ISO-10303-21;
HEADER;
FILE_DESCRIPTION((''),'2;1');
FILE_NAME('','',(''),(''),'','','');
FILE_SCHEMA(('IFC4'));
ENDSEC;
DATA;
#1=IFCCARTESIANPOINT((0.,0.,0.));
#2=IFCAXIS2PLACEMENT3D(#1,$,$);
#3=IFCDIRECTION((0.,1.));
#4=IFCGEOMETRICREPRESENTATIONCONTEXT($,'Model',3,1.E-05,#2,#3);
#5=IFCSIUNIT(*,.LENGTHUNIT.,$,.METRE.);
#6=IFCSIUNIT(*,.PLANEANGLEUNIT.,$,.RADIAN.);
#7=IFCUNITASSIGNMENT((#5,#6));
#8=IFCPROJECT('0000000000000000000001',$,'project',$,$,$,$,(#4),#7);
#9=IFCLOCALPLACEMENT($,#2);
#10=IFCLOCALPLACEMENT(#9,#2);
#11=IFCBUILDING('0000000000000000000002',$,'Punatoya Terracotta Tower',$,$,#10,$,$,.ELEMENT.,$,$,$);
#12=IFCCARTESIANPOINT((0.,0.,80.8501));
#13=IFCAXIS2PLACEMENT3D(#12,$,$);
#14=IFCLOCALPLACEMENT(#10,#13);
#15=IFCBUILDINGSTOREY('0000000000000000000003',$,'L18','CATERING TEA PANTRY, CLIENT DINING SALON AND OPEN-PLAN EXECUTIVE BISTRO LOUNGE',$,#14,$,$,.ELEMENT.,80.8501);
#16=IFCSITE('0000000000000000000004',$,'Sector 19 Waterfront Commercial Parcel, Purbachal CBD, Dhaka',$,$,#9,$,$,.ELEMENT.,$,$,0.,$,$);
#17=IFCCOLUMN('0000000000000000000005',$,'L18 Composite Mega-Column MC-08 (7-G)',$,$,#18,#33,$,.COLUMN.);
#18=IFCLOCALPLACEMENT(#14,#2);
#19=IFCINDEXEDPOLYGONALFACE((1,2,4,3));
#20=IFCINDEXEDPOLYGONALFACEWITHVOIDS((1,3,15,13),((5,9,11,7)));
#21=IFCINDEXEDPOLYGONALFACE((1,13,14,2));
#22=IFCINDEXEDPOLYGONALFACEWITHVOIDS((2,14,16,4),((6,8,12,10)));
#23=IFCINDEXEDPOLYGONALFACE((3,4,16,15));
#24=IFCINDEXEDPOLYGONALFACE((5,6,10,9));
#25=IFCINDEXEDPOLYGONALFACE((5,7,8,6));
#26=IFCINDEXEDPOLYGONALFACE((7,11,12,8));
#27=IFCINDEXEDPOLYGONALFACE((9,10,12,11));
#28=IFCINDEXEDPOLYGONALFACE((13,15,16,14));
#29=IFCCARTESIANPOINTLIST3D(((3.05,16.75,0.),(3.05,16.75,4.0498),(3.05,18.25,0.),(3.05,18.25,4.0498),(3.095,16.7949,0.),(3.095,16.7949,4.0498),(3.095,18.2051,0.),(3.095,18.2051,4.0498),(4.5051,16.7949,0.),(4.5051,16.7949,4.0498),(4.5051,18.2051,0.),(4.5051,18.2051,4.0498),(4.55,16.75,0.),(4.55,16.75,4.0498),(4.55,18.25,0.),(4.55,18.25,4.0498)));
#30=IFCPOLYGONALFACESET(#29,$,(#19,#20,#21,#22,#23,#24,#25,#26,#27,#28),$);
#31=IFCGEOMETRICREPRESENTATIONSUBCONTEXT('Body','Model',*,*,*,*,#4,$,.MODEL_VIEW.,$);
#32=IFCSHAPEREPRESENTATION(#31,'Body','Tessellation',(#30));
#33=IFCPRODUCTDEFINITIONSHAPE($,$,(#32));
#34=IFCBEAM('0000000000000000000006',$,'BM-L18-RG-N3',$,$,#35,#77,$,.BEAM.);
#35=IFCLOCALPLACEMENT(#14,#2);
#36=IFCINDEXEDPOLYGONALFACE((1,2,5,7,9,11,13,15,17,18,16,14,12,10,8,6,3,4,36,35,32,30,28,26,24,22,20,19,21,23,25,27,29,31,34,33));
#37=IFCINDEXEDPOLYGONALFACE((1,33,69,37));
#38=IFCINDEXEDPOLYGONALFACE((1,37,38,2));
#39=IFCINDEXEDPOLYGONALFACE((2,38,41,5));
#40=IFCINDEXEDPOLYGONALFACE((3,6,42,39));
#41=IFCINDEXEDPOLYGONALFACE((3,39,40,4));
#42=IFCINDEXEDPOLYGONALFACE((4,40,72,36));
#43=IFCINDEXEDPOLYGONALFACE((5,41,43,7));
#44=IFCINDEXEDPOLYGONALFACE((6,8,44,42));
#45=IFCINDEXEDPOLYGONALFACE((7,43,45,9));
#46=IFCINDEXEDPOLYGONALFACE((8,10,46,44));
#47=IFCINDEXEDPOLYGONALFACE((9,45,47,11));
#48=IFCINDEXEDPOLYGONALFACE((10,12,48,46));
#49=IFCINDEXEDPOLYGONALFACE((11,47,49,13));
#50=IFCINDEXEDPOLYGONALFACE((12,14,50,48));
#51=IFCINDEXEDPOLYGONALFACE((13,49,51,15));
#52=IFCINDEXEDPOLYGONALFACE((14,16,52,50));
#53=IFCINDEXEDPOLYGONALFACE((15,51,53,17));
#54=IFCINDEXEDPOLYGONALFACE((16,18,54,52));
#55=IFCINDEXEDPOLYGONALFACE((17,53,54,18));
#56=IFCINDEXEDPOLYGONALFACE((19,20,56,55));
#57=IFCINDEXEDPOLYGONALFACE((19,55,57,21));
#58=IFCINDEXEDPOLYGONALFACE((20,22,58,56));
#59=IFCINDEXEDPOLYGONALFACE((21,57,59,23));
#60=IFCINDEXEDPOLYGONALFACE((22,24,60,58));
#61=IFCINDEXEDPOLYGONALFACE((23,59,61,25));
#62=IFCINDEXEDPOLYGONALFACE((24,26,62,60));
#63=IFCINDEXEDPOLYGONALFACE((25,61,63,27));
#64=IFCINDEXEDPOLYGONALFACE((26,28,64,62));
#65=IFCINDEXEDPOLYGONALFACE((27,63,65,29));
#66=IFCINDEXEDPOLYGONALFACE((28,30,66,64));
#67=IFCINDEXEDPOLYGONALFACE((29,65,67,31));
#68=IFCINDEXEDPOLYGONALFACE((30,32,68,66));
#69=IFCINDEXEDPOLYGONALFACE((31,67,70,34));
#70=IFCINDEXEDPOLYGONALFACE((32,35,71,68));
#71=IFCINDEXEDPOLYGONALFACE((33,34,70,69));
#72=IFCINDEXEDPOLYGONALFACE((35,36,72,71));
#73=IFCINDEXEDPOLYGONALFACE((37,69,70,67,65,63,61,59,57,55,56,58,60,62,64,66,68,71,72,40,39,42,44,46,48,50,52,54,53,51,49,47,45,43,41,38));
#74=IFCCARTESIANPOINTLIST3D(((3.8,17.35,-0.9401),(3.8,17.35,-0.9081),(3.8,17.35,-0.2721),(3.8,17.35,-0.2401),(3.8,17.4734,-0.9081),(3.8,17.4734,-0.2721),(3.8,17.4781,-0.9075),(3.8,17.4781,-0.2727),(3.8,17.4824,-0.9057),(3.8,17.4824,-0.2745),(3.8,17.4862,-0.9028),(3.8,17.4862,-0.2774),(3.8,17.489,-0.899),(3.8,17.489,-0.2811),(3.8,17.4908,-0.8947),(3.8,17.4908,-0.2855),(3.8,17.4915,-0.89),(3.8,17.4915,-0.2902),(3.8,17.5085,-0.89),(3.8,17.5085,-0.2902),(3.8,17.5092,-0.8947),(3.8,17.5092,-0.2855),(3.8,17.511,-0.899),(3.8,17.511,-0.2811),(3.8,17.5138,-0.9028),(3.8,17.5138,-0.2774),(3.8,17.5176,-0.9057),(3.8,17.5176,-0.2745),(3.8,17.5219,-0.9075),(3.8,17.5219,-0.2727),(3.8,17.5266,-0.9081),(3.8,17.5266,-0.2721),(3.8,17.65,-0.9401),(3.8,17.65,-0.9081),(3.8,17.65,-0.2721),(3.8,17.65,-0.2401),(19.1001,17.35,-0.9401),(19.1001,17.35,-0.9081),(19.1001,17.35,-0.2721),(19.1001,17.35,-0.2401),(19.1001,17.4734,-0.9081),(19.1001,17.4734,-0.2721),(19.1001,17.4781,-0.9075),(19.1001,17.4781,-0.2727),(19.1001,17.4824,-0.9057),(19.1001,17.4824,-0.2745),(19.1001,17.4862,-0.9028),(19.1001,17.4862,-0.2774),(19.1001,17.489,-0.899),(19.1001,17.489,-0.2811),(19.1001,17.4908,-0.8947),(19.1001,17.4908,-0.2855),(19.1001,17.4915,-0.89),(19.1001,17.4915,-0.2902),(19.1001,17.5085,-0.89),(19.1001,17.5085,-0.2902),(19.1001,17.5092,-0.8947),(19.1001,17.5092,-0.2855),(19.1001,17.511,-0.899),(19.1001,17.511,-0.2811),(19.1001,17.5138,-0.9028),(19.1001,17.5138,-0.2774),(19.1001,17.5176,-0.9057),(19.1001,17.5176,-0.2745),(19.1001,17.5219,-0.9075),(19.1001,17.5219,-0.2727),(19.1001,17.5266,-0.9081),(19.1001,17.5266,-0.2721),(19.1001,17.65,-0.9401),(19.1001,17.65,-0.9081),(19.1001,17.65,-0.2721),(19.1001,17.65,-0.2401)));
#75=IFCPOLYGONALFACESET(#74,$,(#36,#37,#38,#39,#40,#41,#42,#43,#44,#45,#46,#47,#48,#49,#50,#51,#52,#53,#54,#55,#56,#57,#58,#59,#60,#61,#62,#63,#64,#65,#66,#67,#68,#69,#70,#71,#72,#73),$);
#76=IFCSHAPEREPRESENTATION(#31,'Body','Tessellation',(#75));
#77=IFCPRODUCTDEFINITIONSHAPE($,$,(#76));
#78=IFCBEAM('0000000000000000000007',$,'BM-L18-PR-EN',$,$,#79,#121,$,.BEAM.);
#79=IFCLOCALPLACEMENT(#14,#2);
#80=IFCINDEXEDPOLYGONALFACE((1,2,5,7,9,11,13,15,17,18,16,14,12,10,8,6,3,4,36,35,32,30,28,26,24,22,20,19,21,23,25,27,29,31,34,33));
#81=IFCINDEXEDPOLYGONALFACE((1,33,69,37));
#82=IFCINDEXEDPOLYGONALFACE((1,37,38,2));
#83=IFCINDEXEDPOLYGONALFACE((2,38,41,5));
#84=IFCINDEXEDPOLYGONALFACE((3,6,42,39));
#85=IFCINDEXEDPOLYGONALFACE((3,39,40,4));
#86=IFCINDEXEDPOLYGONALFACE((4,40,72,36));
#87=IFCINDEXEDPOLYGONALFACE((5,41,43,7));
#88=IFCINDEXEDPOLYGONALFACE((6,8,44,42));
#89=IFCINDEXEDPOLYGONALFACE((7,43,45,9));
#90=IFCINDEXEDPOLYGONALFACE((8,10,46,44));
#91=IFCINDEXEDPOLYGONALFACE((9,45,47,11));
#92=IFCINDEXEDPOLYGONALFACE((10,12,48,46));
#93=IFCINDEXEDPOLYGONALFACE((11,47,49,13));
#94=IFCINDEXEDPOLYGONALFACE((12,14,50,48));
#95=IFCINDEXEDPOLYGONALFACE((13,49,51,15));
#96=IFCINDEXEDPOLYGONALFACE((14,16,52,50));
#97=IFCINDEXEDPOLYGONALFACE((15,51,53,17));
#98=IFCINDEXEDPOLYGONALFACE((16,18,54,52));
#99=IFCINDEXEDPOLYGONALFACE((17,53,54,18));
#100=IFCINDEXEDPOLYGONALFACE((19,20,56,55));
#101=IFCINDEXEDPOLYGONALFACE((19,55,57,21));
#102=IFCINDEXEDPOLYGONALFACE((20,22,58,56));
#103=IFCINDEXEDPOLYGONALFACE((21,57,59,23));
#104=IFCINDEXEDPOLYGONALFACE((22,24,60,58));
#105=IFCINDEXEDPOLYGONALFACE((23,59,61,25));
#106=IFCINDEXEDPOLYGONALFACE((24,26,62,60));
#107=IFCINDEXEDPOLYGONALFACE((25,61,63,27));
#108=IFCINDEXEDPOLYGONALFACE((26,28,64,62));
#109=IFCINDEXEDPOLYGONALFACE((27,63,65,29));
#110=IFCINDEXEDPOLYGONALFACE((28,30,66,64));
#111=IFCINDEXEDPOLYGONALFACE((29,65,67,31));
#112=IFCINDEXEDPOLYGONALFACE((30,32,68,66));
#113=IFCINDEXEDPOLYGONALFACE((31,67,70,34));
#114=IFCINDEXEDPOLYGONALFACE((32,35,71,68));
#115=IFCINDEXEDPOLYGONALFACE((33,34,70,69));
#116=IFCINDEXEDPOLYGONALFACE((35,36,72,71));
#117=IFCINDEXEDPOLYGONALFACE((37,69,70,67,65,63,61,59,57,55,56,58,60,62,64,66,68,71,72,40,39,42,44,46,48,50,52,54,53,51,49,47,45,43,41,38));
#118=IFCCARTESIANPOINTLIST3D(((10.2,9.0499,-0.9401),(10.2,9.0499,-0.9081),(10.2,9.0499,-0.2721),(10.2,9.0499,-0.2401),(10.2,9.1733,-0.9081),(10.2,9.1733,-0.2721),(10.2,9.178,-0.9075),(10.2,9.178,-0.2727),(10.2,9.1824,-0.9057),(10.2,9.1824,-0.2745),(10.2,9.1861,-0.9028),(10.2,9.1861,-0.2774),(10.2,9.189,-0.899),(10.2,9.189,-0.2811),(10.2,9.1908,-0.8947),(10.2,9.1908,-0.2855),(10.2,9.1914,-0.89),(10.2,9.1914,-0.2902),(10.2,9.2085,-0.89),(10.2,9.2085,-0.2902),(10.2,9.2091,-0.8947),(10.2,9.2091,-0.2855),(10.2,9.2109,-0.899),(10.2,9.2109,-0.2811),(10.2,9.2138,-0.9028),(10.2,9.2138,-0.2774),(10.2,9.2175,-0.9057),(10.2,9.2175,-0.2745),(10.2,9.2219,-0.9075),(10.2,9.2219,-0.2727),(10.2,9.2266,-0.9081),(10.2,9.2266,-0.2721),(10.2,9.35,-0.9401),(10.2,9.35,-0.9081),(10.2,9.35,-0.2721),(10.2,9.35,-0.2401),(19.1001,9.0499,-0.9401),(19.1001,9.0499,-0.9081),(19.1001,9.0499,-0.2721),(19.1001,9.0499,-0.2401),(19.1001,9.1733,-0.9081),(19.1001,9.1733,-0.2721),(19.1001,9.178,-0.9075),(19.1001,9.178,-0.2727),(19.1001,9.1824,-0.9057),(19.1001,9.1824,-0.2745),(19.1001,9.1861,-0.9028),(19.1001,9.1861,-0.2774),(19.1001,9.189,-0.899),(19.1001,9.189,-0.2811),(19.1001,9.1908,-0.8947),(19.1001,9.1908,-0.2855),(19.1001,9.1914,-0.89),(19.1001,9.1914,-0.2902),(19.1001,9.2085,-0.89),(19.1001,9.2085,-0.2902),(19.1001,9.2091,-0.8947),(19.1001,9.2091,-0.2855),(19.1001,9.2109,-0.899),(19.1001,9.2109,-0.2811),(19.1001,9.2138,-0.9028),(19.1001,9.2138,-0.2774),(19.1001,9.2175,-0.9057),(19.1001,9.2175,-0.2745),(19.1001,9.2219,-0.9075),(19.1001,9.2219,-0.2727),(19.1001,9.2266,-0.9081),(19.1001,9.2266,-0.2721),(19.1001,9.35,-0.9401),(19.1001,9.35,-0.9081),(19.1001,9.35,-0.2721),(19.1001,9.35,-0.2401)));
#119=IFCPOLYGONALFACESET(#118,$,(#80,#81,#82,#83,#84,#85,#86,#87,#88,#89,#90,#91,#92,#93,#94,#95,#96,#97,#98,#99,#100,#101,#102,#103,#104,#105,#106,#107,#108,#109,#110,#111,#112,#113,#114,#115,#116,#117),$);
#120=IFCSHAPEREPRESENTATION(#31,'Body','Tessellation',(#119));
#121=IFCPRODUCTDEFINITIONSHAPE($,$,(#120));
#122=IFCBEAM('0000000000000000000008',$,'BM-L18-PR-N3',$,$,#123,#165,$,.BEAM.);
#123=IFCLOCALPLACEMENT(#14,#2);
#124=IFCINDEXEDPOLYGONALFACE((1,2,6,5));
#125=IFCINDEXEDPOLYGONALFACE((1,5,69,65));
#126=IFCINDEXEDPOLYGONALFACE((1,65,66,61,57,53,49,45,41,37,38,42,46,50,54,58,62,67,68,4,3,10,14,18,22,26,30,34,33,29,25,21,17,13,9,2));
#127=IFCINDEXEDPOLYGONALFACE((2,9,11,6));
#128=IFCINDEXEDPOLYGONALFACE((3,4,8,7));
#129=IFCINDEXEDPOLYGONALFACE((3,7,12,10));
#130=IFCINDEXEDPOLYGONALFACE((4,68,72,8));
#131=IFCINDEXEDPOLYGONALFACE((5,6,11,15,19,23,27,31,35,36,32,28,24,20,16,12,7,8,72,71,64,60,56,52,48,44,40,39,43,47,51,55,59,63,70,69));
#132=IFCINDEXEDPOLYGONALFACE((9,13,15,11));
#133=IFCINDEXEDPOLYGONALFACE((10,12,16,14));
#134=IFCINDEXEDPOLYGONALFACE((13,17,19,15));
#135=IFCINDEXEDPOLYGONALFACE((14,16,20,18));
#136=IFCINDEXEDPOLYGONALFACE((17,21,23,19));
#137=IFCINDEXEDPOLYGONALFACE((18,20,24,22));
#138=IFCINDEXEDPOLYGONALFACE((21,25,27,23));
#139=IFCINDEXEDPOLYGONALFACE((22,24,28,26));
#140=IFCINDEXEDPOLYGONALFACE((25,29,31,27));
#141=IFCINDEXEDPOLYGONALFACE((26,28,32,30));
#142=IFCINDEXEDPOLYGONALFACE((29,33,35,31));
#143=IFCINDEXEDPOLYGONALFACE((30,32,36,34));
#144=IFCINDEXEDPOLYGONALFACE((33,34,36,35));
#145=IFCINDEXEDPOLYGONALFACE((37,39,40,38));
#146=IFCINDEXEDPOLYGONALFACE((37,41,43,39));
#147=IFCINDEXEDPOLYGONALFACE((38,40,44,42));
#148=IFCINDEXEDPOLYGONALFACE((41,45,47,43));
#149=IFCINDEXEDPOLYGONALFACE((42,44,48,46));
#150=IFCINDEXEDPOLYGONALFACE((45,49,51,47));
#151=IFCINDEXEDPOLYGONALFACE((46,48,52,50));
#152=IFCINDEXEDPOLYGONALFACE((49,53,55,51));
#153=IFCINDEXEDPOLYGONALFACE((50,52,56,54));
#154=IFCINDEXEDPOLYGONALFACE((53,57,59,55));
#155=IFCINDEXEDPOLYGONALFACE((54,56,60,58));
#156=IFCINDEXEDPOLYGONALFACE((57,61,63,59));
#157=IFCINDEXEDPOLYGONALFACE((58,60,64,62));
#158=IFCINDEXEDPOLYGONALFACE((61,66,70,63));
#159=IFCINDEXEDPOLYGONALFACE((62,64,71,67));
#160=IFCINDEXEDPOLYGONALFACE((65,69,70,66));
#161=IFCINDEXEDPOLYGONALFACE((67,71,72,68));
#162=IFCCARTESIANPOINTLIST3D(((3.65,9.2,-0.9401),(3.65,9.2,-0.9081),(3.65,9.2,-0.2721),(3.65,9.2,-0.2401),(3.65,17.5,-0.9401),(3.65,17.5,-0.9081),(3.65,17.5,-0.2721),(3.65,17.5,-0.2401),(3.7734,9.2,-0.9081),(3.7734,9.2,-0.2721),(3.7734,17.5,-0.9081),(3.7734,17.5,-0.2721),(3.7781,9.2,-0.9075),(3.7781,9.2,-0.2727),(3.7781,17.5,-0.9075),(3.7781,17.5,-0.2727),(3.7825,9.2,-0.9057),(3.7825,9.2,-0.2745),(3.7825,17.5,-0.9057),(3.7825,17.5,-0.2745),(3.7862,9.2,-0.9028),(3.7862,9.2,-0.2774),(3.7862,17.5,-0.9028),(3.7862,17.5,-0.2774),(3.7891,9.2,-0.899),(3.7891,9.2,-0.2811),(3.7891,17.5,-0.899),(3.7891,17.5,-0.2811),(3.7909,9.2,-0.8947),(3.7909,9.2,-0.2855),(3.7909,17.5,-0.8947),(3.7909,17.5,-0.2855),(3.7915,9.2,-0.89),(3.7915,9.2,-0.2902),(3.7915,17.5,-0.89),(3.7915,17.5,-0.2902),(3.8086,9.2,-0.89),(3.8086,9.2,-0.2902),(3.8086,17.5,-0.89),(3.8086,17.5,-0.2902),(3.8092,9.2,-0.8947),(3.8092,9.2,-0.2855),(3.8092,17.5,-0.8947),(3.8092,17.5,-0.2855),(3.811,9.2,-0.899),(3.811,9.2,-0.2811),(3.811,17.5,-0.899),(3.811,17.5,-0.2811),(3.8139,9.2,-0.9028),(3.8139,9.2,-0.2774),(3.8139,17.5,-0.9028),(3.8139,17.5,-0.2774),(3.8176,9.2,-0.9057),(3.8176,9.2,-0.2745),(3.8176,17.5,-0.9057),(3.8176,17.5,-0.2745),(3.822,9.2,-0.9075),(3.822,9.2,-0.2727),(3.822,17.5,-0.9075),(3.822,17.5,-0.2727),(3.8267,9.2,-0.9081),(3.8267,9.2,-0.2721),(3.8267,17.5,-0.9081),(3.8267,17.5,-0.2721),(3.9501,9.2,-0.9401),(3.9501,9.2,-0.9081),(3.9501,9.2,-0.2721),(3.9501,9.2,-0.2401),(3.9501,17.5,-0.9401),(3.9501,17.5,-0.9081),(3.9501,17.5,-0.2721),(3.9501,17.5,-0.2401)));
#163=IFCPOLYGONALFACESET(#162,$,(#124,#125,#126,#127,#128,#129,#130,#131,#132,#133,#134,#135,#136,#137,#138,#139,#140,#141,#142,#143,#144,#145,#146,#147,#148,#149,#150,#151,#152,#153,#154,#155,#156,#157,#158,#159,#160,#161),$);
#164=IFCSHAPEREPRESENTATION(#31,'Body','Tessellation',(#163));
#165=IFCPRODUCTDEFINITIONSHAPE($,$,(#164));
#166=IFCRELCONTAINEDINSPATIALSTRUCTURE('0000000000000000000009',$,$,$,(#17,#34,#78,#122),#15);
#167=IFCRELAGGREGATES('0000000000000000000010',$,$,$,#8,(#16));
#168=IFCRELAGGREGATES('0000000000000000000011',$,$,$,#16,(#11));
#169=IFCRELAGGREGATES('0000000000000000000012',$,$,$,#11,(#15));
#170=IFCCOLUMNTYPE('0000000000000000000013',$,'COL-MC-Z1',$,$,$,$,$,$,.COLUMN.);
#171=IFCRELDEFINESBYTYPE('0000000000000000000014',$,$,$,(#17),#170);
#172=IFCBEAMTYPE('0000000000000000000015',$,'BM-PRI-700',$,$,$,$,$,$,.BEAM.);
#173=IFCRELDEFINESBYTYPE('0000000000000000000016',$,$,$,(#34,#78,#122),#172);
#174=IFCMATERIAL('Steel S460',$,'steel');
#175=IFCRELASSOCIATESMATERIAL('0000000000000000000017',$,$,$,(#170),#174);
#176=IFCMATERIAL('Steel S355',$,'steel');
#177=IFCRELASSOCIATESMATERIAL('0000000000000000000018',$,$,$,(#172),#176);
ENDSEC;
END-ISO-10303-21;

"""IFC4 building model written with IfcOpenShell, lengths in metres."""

from ifc_helpers import new_model, si_unit, direction, frame, origin, origin_2d, place, context, subcontext, project, spatial, hollow_rectangle, i_section, extrude, material, material_profile, profile_set, type_object, element, save


model = new_model("IFC4")

# Units and contexts
model_context = context("Model", 3, precision=1e-05, world=origin(), true_north=direction((0.0, 1.0)))
body_context = subcontext(model_context, "Body", "Model", "MODEL_VIEW")
ifc_project = project(units=[si_unit("LENGTHUNIT", "METRE"), si_unit("PLANEANGLEUNIT", "RADIAN")], contexts=[model_context])

# Site, building, storey
site_placement = place(None, origin())
site = spatial("IfcSite", under=ifc_project, at=site_placement, Name="Sector 19 Waterfront Commercial Parcel, Purbachal CBD, Dhaka", CompositionType="ELEMENT", RefElevation=0.0)
building_placement = place(site_placement, origin())
building = spatial("IfcBuilding", under=site, at=building_placement, Name="Punatoya Terracotta Tower", CompositionType="ELEMENT")
storey_placement = place(building_placement, frame((0.0, 0.0, 80.8501)))
storey = spatial("IfcBuildingStorey", under=building, at=storey_placement, Name="L18", Description="CATERING TEA PANTRY, CLIENT DINING SALON AND OPEN-PLAN EXECUTIVE BISTRO LOUNGE", CompositionType="ELEMENT", Elevation=80.8501)

# Column
ifc_material_1 = material(Name="Steel S460", Category="steel")
ifc_material_profile_1 = material_profile(ifc_material_1, hollow_rectangle(XDim=1.5, YDim=1.5, WallThickness=0.0449, at=origin_2d()))
ifc_profile_set_1 = profile_set([ifc_material_profile_1], Name="Steel S460")
column_type = type_object("IfcColumnType", Name="COL-MC-Z1", PredefinedType="COLUMN", material=ifc_profile_set_1)
column_placement = place(storey_placement, frame((3.8, 17.5, 0.0), z_axis=(0.0, 0.0, 1.0), x_axis=(1.0, 0.0, 0.0)))
element("IfcColumn", 1, at=column_placement, inside=storey, type_object=column_type, Name="L18 Composite Mega-Column MC-08 (7-G)", PredefinedType="COLUMN", context=body_context, shape_type="SweptSolid", body=[
    extrude(hollow_rectangle(XDim=1.5, YDim=1.5, WallThickness=0.0449, at=origin_2d()), origin(), (0.0, 0.0, 1.0), 4.0498),
])

# Beams
ifc_material_2 = material(Name="Steel S355", Category="steel")
ifc_material_profile_2 = material_profile(ifc_material_2, i_section(OverallWidth=0.3, OverallDepth=0.7, WebThickness=0.0171, FlangeThickness=0.032, FilletRadius=0.0181, at=origin_2d()))
ifc_profile_set_2 = profile_set([ifc_material_profile_2], Name="Steel S355")
beam_type_1 = type_object("IfcBeamType", Name="BM-PRI-700", PredefinedType="BEAM", material=ifc_profile_set_2)
beam_1_placement = place(storey_placement, frame((3.8, 17.5, -0.5901), z_axis=(1.0, 0.0, 0.0), x_axis=(0.0, 1.0, 0.0)))
element("IfcBeam", 2, at=beam_1_placement, inside=storey, type_object=beam_type_1, Name="BM-L18-RG-N3", PredefinedType="BEAM", context=body_context, shape_type="SweptSolid", body=[
    extrude(i_section(OverallWidth=0.3, OverallDepth=0.7, WebThickness=0.0171, FlangeThickness=0.032, FilletRadius=0.0181, at=origin_2d()), origin(), (0.0, 0.0, 1.0), 15.3),
])
beam_2_placement = place(storey_placement, frame((10.2, 9.2, -0.5901), z_axis=(1.0, 0.0, 0.0), x_axis=(0.0, 1.0, 0.0)))
element("IfcBeam", 3, at=beam_2_placement, inside=storey, type_object=beam_type_1, Name="BM-L18-PR-EN", PredefinedType="BEAM", context=body_context, shape_type="SweptSolid", body=[
    extrude(i_section(OverallWidth=0.3, OverallDepth=0.7, WebThickness=0.0171, FlangeThickness=0.032, FilletRadius=0.0181, at=origin_2d()), origin(), (0.0, 0.0, 1.0), 8.9001),
])
for number, where, z_axis, x_axis, name in (
    (4, (3.8, 9.2, -0.5901), (0.0, 1.0, 0.0), (-1.0, 0.0, 0.0), "BM-L18-PR-N3"),
):
    element("IfcBeam", number, at=place(storey_placement, frame(where, z_axis=z_axis, x_axis=x_axis)), inside=storey, type_object=beam_type_1, Name=name, PredefinedType="BEAM", context=body_context, shape_type="SweptSolid", body=[
        extrude(i_section(OverallWidth=0.3, OverallDepth=0.7, WebThickness=0.0171, FlangeThickness=0.032, FilletRadius=0.0181, at=origin_2d()), origin(), (0.0, 0.0, 1.0), 8.3),
    ])

save(model, "model.ifc")
